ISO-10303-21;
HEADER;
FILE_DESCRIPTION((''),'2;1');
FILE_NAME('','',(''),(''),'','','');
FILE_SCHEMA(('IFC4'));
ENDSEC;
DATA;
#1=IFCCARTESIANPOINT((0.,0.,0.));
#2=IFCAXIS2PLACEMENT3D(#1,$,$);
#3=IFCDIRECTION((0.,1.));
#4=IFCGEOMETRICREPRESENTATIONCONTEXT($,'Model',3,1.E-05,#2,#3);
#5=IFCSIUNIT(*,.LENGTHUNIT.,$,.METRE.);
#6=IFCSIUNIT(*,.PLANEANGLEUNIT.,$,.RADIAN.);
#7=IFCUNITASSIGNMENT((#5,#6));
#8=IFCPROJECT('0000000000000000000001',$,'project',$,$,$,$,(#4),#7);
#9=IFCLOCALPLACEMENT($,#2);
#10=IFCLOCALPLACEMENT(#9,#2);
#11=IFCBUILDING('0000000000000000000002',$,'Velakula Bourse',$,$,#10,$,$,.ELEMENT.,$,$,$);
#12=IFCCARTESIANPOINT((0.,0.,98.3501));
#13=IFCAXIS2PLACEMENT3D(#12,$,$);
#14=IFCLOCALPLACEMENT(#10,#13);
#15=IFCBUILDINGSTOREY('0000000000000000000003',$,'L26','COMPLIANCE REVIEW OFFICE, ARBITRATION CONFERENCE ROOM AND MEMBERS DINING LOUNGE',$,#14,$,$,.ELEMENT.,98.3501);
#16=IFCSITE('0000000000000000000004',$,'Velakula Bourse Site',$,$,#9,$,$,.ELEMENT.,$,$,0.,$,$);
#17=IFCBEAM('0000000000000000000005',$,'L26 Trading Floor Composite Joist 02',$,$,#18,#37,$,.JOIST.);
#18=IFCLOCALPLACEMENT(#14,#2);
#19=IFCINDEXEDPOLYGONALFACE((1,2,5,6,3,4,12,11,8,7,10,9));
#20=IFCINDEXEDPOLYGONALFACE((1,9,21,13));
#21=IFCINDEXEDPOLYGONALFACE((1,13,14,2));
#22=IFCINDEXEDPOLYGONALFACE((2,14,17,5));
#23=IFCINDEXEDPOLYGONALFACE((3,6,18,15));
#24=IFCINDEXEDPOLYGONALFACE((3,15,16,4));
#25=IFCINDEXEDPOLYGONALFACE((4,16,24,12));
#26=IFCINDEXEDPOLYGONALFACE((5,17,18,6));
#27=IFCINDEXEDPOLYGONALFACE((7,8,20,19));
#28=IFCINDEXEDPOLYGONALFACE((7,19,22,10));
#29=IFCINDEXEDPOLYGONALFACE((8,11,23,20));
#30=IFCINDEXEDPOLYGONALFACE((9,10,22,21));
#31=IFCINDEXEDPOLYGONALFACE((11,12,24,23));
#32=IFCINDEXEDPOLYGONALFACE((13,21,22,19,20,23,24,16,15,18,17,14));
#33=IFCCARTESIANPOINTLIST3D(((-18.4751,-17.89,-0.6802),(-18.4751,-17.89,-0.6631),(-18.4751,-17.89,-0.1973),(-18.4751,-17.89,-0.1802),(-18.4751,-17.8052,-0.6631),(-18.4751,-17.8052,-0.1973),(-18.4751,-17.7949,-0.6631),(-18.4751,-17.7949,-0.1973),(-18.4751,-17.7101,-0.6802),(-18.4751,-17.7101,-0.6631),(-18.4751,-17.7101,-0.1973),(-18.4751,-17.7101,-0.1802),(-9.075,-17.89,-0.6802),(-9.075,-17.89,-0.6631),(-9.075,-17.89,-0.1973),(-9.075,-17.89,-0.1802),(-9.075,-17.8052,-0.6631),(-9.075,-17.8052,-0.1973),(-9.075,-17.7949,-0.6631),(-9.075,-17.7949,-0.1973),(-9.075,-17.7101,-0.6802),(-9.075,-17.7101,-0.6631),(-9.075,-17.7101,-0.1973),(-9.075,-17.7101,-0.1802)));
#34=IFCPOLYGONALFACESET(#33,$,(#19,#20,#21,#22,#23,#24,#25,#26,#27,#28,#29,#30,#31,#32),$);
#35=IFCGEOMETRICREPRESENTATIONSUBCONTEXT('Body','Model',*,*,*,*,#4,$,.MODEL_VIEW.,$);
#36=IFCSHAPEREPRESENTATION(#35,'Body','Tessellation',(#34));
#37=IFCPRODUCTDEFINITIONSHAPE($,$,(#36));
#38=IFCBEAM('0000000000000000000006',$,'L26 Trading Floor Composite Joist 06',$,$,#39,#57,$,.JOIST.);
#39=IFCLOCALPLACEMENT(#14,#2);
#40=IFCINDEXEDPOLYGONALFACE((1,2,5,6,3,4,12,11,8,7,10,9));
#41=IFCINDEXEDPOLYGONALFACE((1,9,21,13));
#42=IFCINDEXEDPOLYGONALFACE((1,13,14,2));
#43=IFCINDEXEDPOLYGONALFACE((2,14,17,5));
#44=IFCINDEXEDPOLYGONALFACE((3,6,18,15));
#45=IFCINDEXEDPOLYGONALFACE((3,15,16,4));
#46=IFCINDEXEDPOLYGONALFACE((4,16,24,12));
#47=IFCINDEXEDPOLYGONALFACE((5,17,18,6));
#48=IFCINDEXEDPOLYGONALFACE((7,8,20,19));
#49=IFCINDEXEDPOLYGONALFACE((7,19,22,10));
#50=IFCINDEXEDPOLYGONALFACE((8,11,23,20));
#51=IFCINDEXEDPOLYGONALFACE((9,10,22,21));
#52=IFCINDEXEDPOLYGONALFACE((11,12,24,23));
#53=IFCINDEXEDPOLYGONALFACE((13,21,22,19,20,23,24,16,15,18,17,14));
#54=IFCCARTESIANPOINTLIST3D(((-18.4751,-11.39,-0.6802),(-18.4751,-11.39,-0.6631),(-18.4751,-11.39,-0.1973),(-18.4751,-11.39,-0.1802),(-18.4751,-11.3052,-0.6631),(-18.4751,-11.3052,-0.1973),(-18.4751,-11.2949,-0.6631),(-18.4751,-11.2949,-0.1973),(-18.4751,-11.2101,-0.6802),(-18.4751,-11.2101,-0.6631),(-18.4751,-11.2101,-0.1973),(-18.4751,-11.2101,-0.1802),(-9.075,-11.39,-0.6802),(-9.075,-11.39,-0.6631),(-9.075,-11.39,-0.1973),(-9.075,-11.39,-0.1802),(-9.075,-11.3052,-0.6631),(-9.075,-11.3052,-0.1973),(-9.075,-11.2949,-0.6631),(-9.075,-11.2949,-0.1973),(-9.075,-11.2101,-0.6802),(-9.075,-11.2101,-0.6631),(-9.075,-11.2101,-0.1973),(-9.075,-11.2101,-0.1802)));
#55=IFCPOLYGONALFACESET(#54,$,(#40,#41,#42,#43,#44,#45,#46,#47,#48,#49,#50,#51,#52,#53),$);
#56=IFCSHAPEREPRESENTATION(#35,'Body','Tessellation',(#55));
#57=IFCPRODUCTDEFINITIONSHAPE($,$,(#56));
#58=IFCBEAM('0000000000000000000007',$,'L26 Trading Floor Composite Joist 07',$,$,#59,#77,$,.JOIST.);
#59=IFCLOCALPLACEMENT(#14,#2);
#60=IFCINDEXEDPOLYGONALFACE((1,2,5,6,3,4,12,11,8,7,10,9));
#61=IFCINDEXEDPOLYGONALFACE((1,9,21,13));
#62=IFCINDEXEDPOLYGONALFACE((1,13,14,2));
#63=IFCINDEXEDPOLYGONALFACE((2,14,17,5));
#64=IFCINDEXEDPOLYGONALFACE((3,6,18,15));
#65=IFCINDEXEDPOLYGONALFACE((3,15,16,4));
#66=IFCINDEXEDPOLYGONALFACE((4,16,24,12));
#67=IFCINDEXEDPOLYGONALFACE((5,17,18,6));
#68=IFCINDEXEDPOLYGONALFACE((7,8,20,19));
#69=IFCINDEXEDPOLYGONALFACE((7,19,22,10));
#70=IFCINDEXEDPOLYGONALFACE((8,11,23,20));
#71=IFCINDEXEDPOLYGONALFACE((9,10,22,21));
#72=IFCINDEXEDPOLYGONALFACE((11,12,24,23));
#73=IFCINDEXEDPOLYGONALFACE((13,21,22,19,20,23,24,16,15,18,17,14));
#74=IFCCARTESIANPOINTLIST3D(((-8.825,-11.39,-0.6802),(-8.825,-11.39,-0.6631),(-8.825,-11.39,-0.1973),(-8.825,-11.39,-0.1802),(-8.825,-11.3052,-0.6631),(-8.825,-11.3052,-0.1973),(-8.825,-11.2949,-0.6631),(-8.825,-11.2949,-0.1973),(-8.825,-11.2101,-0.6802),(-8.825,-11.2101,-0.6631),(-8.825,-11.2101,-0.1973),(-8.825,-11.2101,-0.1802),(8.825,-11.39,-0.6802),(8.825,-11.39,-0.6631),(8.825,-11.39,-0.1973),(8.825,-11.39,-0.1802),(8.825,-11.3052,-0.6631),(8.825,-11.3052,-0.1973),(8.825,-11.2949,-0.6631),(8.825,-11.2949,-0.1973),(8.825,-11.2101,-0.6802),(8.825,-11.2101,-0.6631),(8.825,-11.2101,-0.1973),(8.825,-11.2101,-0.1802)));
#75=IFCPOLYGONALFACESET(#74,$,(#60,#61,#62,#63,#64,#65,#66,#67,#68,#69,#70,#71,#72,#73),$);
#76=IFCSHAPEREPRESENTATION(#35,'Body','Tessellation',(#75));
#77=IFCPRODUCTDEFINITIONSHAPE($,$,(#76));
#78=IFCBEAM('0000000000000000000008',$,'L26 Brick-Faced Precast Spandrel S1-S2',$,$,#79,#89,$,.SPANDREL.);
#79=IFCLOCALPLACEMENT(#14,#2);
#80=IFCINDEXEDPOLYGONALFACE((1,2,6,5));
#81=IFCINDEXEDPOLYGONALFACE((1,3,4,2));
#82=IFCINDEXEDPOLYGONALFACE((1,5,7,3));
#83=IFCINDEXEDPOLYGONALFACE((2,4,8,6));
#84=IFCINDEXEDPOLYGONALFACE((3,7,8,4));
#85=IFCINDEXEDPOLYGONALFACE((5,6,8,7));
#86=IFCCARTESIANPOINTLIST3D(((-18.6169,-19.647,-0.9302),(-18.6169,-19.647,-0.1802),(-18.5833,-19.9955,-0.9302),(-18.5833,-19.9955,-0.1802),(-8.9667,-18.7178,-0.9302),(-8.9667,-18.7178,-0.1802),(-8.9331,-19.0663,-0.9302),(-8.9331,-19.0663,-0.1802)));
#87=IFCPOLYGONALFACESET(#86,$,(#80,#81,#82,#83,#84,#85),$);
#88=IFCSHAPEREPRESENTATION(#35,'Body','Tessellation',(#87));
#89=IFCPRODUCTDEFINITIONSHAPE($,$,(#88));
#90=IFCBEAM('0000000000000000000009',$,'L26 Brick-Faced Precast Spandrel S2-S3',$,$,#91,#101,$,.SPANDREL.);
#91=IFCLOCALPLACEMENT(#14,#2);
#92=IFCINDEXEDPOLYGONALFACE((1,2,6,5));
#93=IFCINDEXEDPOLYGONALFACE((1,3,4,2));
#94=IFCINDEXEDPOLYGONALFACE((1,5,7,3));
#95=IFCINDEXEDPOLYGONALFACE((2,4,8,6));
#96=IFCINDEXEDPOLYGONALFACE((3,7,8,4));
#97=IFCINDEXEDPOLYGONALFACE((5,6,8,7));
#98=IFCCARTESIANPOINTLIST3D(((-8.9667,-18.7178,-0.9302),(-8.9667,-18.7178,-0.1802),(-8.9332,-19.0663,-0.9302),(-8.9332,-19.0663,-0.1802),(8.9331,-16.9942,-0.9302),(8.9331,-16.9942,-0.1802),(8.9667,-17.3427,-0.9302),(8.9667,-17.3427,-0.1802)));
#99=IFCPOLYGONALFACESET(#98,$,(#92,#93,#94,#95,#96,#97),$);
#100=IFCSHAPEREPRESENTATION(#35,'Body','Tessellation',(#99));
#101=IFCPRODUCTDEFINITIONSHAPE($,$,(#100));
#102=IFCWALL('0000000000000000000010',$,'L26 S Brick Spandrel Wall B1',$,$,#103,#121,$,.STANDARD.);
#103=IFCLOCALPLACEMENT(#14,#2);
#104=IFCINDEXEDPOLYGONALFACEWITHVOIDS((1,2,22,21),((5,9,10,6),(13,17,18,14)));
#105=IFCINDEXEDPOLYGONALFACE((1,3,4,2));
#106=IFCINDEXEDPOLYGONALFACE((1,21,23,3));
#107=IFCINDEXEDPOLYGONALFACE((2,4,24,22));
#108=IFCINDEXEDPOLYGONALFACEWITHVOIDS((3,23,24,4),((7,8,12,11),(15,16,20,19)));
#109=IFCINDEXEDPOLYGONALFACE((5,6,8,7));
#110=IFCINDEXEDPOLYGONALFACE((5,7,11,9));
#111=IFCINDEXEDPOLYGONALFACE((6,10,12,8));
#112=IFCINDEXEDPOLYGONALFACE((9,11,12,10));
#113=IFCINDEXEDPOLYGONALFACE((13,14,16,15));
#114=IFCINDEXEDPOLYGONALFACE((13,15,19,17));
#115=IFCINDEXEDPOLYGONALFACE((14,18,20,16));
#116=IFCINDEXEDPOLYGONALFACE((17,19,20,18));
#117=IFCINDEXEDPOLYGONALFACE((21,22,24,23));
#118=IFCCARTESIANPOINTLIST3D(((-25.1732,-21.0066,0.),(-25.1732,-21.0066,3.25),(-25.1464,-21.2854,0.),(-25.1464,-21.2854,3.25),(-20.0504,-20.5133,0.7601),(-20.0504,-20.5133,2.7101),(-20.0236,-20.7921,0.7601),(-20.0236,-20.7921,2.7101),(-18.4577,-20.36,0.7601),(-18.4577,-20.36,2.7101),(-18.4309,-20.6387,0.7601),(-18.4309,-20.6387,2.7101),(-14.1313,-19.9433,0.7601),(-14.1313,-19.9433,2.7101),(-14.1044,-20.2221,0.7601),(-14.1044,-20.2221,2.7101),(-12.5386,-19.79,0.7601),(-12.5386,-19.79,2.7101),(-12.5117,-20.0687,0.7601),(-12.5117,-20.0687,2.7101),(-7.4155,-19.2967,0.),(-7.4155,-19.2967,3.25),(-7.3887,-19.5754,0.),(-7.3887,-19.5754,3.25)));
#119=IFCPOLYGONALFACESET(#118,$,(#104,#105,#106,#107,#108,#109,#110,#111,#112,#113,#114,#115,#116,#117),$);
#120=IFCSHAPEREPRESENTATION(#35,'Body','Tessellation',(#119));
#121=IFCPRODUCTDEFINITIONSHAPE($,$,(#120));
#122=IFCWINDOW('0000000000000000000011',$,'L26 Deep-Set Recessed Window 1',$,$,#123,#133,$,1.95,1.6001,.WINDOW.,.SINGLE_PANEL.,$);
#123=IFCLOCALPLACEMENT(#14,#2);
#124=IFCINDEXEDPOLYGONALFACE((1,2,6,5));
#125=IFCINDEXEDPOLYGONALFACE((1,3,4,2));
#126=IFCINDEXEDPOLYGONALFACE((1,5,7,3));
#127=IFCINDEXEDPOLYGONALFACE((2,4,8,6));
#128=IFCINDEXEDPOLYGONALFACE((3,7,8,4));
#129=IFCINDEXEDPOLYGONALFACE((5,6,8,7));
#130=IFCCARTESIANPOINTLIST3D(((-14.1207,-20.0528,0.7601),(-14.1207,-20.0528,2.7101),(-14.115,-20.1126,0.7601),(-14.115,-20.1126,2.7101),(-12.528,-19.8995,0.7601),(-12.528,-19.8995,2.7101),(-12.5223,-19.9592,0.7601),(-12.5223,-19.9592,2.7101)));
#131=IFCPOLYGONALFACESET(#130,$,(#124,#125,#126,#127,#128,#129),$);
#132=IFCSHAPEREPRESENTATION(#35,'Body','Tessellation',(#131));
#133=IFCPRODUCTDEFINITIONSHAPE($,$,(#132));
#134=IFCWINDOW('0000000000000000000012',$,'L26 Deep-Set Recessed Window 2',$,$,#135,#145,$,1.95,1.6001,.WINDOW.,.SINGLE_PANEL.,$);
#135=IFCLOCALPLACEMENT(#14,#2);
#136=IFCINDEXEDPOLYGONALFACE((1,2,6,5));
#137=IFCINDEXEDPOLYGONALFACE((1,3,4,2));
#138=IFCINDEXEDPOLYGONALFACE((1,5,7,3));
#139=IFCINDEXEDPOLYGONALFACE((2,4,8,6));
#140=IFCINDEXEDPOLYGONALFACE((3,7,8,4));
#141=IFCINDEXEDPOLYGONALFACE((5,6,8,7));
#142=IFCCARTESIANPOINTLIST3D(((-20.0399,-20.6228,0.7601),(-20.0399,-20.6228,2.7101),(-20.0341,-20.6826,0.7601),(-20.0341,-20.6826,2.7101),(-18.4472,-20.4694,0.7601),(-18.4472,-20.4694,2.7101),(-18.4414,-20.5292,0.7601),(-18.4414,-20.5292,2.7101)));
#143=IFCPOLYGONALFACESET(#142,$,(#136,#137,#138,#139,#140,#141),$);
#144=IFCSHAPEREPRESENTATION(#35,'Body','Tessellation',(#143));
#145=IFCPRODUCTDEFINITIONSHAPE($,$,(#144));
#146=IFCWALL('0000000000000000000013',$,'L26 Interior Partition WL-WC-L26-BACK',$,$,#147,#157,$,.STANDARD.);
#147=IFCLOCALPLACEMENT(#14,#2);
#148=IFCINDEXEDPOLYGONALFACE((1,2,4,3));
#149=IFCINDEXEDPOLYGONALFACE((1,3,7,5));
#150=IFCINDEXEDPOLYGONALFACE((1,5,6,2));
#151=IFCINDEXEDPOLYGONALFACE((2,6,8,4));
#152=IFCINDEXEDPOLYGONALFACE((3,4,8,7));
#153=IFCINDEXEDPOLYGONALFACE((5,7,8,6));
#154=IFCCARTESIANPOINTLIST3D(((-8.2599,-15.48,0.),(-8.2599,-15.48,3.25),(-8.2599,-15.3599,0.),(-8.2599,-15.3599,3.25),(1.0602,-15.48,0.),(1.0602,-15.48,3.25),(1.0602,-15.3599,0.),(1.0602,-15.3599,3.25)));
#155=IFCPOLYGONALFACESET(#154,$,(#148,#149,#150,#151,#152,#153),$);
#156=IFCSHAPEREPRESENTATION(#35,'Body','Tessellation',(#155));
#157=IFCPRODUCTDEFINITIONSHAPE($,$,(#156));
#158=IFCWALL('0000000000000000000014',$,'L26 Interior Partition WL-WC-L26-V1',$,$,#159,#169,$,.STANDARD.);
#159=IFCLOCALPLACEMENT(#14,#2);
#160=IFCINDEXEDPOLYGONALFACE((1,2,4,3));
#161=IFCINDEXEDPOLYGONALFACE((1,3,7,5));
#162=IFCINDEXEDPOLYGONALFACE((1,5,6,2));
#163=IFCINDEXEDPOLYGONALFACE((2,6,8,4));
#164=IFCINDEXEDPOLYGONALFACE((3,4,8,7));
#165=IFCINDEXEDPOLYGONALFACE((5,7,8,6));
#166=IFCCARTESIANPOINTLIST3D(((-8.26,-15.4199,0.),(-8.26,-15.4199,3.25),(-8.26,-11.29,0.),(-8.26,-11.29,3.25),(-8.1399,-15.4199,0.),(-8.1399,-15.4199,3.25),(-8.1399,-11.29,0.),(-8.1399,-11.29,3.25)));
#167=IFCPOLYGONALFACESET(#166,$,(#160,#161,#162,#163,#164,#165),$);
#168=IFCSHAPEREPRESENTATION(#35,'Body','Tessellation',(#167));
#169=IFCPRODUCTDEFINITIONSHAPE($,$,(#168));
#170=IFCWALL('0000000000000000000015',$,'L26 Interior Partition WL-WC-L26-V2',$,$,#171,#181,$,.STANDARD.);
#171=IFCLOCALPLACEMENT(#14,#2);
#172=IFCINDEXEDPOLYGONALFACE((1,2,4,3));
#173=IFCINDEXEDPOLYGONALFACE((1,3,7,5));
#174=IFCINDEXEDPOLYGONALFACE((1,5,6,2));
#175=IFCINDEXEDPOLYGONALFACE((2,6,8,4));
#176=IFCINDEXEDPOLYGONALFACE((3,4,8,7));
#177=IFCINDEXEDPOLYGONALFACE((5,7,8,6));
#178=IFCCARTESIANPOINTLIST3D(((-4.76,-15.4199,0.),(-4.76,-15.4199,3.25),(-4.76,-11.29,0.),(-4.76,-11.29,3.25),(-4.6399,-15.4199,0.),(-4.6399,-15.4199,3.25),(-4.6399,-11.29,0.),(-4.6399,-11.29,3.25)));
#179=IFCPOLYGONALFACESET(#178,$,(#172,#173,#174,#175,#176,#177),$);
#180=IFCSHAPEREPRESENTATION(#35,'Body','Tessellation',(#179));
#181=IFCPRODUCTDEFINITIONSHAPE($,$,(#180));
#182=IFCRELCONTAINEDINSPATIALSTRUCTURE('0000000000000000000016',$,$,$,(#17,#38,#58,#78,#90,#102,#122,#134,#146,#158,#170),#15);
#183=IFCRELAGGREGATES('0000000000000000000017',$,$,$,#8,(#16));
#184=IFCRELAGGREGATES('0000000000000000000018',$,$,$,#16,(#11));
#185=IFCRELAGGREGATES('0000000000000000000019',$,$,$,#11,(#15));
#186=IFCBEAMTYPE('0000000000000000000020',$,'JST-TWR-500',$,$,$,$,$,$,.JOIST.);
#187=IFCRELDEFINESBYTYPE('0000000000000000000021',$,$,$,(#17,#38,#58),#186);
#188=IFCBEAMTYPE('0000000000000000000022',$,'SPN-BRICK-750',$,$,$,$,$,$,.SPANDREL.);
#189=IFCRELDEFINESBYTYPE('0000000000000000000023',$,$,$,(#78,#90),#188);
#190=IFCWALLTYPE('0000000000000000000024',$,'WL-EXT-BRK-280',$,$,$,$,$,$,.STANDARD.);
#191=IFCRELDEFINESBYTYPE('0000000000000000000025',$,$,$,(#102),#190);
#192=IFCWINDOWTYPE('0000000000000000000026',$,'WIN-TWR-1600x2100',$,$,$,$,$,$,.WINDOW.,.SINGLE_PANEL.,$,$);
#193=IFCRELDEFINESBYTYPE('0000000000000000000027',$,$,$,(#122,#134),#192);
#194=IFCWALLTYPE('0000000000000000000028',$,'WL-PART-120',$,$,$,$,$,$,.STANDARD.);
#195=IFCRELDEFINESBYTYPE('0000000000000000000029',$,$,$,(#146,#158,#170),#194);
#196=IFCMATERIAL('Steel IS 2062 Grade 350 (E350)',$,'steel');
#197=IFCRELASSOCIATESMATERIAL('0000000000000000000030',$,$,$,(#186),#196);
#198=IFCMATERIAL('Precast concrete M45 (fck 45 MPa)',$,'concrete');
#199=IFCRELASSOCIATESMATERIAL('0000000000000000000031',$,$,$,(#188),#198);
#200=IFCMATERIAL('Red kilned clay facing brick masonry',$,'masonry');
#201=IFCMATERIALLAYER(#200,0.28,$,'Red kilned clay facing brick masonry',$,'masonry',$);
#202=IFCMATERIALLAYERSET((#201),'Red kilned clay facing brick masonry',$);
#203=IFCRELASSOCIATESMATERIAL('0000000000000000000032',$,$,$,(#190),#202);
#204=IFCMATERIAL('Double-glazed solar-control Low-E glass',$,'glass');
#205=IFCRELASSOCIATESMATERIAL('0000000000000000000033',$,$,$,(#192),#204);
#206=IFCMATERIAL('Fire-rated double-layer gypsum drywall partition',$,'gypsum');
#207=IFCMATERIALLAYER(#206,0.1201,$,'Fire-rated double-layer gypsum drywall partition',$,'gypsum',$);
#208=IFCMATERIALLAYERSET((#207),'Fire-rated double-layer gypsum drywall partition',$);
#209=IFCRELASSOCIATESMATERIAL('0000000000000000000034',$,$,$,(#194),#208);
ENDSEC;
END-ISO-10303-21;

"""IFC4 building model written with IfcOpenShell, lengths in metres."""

from ifc_helpers import new_model, si_unit, direction, frame, frame_2d, origin, origin_2d, place, context, subcontext, project, spatial, rectangle, i_section, extrude, material, layer, layer_set, material_profile, profile_set, type_object, element, fill, save


model = new_model("IFC4")

# Units and contexts
model_context = context("Model", 3, precision=1e-05, world=origin(), true_north=direction((0.0, 1.0)))
body_context = subcontext(model_context, "Body", "Model", "MODEL_VIEW")
ifc_project = project(units=[si_unit("LENGTHUNIT", "METRE"), si_unit("PLANEANGLEUNIT", "RADIAN")], contexts=[model_context])

# Site, building, storey
site_placement = place(None, origin())
site = spatial("IfcSite", under=ifc_project, at=site_placement, Name="Velakula Bourse Site", CompositionType="ELEMENT", RefElevation=0.0)
building_placement = place(site_placement, origin())
building = spatial("IfcBuilding", under=site, at=building_placement, Name="Velakula Bourse", CompositionType="ELEMENT")
storey_placement = place(building_placement, frame((0.0, 0.0, 98.3501)))
storey = spatial("IfcBuildingStorey", under=building, at=storey_placement, Name="L26", Description="COMPLIANCE REVIEW OFFICE, ARBITRATION CONFERENCE ROOM AND MEMBERS DINING LOUNGE", CompositionType="ELEMENT", Elevation=98.3501)

# Beams
ifc_material_1 = material(Name="Steel IS 2062 Grade 350 (E350)", Category="steel")
ifc_material_profile_1 = material_profile(ifc_material_1, i_section(OverallWidth=0.1799, OverallDepth=0.5, WebThickness=0.0103, FlangeThickness=0.0171, at=origin_2d()), Name="Steel IS 2062 Grade 350 (E350)")
ifc_profile_set_1 = profile_set([ifc_material_profile_1], Name="Steel IS 2062 Grade 350 (E350)")
beam_type_1 = type_object("IfcBeamType", Name="JST-TWR-500", PredefinedType="JOIST", material=ifc_profile_set_1)
for number, where, z_axis, x_axis, name in (
    (1, (-18.4751, -17.8, -0.4302), (1.0, 0.0, 0.0), (0.0, 1.0, 0.0), "L26 Trading Floor Composite Joist 02"),
    (2, (-18.4751, -11.3, -0.4302), (1.0, 0.0, 0.0), (0.0, 1.0, 0.0), "L26 Trading Floor Composite Joist 06"),
):
    element("IfcBeam", number, at=place(storey_placement, frame(where, z_axis=z_axis, x_axis=x_axis)), inside=storey, type_object=beam_type_1, Name=name, PredefinedType="JOIST", context=body_context, shape_type="SweptSolid", body=[
        extrude(i_section(OverallWidth=0.1799, OverallDepth=0.5, WebThickness=0.0103, FlangeThickness=0.0171, at=origin_2d()), origin(), (0.0, 0.0, 1.0), 9.4001),
    ])
beam_1_placement = place(storey_placement, frame((-8.825, -11.3, -0.4302), z_axis=(1.0, 0.0, 0.0), x_axis=(0.0, 1.0, 0.0)))
element("IfcBeam", 3, at=beam_1_placement, inside=storey, type_object=beam_type_1, Name="L26 Trading Floor Composite Joist 07", PredefinedType="JOIST", context=body_context, shape_type="SweptSolid", body=[
    extrude(i_section(OverallWidth=0.1799, OverallDepth=0.5, WebThickness=0.0103, FlangeThickness=0.0171, at=origin_2d()), origin(), (0.0, 0.0, 1.0), 17.6499),
])
ifc_material_2 = material(Name="Precast concrete M45 (fck 45 MPa)", Category="concrete")
ifc_material_profile_2 = material_profile(ifc_material_2, rectangle(XDim=0.3501, YDim=0.75, at=origin_2d()), Name="Precast concrete M45 (fck 45 MPa)")
ifc_profile_set_2 = profile_set([ifc_material_profile_2], Name="Precast concrete M45 (fck 45 MPa)")
beam_type_2 = type_object("IfcBeamType", Name="SPN-BRICK-750", PredefinedType="SPANDREL", material=ifc_profile_set_2)
beam_2_placement = place(storey_placement, frame((-18.6001, -19.8213, -0.5552), z_axis=(0.995396, 0.095845, 0.0), x_axis=(-0.095845, 0.995396, 0.0)))
element("IfcBeam", 4, at=beam_2_placement, inside=storey, type_object=beam_type_2, Name="L26 Brick-Faced Precast Spandrel S1-S2", PredefinedType="SPANDREL", context=body_context, shape_type="SweptSolid", body=[
    extrude(rectangle(XDim=0.3501, YDim=0.75, at=origin_2d()), origin(), (0.0, 0.0, 1.0), 9.6948),
])
beam_3_placement = place(storey_placement, frame((-8.95, -18.8921, -0.5552), z_axis=(0.995396, 0.09585, 0.0), x_axis=(-0.09585, 0.995396, 0.0)))
element("IfcBeam", 5, at=beam_3_placement, inside=storey, type_object=beam_type_2, Name="L26 Brick-Faced Precast Spandrel S2-S3", PredefinedType="SPANDREL", context=body_context, shape_type="SweptSolid", body=[
    extrude(rectangle(XDim=0.3501, YDim=0.75, at=origin_2d()), origin(), (0.0, 0.0, 1.0), 17.9827),
])

# Wall, openings, windows
ifc_material_3 = material(Name="Red kilned clay facing brick masonry", Category="masonry")
ifc_layer_1 = layer(ifc_material_3, 0.28, Name="Red kilned clay facing brick masonry", Category="masonry")
ifc_layer_set_1 = layer_set([ifc_layer_1], Name="Red kilned clay facing brick masonry")
wall_type_1 = type_object("IfcWallType", Name="WL-EXT-BRK-280", PredefinedType="STANDARD", material=ifc_layer_set_1)
wall_1_placement = place(storey_placement, frame((-7.4021, -19.436, 0.0), z_axis=(0.0, 0.0, 1.0), x_axis=(-0.995396, -0.09585, 0.0)))
wall_1 = element("IfcWall", 6, at=wall_1_placement, inside=storey, type_object=wall_type_1, Name="L26 S Brick Spandrel Wall B1", PredefinedType="STANDARD", context=body_context, shape_type="SweptSolid", body=[
    extrude(rectangle(XDim=17.8398, YDim=0.28, at=frame_2d((8.9199, 0.0))), origin(), (0.0, 0.0, 1.0), 3.25),
])
opening_1_placement = place(wall_1_placement, frame((5.1467, 0.0, 0.76)))
opening_1 = element("IfcOpeningElement", 7, at=opening_1_placement, cuts=wall_1, PredefinedType="OPENING", context=body_context, shape_type="SweptSolid", body=[
    extrude(rectangle(XDim=1.6001, YDim=1.95, at=frame_2d((0.8, 0.9751))), frame((0.0, 0.1499, 0.0), z_axis=(0.0, -1.0, 0.0), x_axis=(1.0, 0.0, 0.0)), (0.0, 0.0, 1.0), 0.3),
])
opening_2_placement = place(wall_1_placement, frame((11.0933, 0.0, 0.76)))
opening_2 = element("IfcOpeningElement", 8, at=opening_2_placement, cuts=wall_1, PredefinedType="OPENING", context=body_context, shape_type="SweptSolid", body=[
    extrude(rectangle(XDim=1.6001, YDim=1.95, at=frame_2d((0.8, 0.9751))), frame((0.0, 0.1499, 0.0), z_axis=(0.0, -1.0, 0.0), x_axis=(1.0, 0.0, 0.0)), (0.0, 0.0, 1.0), 0.3),
])
ifc_material_4 = material(Name="Double-glazed solar-control Low-E glass", Category="glass")
window_type = type_object("IfcWindowType", Name="WIN-TWR-1600x2100", PartitioningType="SINGLE_PANEL", PredefinedType="WINDOW", material=ifc_material_4)
window_1_placement = place(opening_1_placement, origin())
window_1 = element("IfcWindow", 9, at=window_1_placement, inside=storey, type_object=window_type, Name="L26 Deep-Set Recessed Window 1", OverallHeight=1.95, OverallWidth=1.6001, PartitioningType="SINGLE_PANEL", PredefinedType="WINDOW", context=body_context, shape_type="SweptSolid", body=[
    extrude(rectangle(XDim=1.6001, YDim=1.95, at=frame_2d((0.8, 0.9751))), frame((0.0, 0.03, 0.0), z_axis=(0.0, -1.0, 0.0), x_axis=(1.0, 0.0, 0.0)), (0.0, 0.0, 1.0), 0.0601),
])
fill(opening_1, window_1)
window_2_placement = place(opening_2_placement, origin())
window_2 = element("IfcWindow", 10, at=window_2_placement, inside=storey, type_object=window_type, Name="L26 Deep-Set Recessed Window 2", OverallHeight=1.95, OverallWidth=1.6001, PartitioningType="SINGLE_PANEL", PredefinedType="WINDOW", context=body_context, shape_type="SweptSolid", body=[
    extrude(rectangle(XDim=1.6001, YDim=1.95, at=frame_2d((0.8, 0.9751))), frame((0.0, 0.03, 0.0), z_axis=(0.0, -1.0, 0.0), x_axis=(1.0, 0.0, 0.0)), (0.0, 0.0, 1.0), 0.0601),
])
fill(opening_2, window_2)

# Walls
ifc_material_5 = material(Name="Fire-rated double-layer gypsum drywall partition", Category="gypsum")
ifc_layer_2 = layer(ifc_material_5, 0.1201, Name="Fire-rated double-layer gypsum drywall partition", Category="gypsum")
ifc_layer_set_2 = layer_set([ifc_layer_2], Name="Fire-rated double-layer gypsum drywall partition")
wall_type_2 = type_object("IfcWallType", Name="WL-PART-120", PredefinedType="STANDARD", material=ifc_layer_set_2)
wall_2_placement = place(storey_placement, frame((-8.26, -15.4199, 0.0), z_axis=(0.0, 0.0, 1.0), x_axis=(1.0, 0.0, 0.0)))
element("IfcWall", 11, at=wall_2_placement, inside=storey, type_object=wall_type_2, Name="L26 Interior Partition WL-WC-L26-BACK", PredefinedType="STANDARD", context=body_context, shape_type="SweptSolid", body=[
    extrude(rectangle(XDim=9.3201, YDim=0.1201, at=frame_2d((4.6602, 0.0))), origin(), (0.0, 0.0, 1.0), 3.25),
])
for number, where, z_axis, x_axis, name in (
    (12, (-8.2, -15.4199, 0.0), (0.0, 0.0, 1.0), (0.0, 1.0, 0.0), "L26 Interior Partition WL-WC-L26-V1"),
    (13, (-4.7, -15.4199, 0.0), (0.0, 0.0, 1.0), (0.0, 1.0, 0.0), "L26 Interior Partition WL-WC-L26-V2"),
):
    element("IfcWall", number, at=place(storey_placement, frame(where, z_axis=z_axis, x_axis=x_axis)), inside=storey, type_object=wall_type_2, Name=name, PredefinedType="STANDARD", context=body_context, shape_type="SweptSolid", body=[
        extrude(rectangle(XDim=4.1299, YDim=0.1201, at=frame_2d((2.0649, 0.0))), origin(), (0.0, 0.0, 1.0), 3.25),
    ])

save(model, "model.ifc")
